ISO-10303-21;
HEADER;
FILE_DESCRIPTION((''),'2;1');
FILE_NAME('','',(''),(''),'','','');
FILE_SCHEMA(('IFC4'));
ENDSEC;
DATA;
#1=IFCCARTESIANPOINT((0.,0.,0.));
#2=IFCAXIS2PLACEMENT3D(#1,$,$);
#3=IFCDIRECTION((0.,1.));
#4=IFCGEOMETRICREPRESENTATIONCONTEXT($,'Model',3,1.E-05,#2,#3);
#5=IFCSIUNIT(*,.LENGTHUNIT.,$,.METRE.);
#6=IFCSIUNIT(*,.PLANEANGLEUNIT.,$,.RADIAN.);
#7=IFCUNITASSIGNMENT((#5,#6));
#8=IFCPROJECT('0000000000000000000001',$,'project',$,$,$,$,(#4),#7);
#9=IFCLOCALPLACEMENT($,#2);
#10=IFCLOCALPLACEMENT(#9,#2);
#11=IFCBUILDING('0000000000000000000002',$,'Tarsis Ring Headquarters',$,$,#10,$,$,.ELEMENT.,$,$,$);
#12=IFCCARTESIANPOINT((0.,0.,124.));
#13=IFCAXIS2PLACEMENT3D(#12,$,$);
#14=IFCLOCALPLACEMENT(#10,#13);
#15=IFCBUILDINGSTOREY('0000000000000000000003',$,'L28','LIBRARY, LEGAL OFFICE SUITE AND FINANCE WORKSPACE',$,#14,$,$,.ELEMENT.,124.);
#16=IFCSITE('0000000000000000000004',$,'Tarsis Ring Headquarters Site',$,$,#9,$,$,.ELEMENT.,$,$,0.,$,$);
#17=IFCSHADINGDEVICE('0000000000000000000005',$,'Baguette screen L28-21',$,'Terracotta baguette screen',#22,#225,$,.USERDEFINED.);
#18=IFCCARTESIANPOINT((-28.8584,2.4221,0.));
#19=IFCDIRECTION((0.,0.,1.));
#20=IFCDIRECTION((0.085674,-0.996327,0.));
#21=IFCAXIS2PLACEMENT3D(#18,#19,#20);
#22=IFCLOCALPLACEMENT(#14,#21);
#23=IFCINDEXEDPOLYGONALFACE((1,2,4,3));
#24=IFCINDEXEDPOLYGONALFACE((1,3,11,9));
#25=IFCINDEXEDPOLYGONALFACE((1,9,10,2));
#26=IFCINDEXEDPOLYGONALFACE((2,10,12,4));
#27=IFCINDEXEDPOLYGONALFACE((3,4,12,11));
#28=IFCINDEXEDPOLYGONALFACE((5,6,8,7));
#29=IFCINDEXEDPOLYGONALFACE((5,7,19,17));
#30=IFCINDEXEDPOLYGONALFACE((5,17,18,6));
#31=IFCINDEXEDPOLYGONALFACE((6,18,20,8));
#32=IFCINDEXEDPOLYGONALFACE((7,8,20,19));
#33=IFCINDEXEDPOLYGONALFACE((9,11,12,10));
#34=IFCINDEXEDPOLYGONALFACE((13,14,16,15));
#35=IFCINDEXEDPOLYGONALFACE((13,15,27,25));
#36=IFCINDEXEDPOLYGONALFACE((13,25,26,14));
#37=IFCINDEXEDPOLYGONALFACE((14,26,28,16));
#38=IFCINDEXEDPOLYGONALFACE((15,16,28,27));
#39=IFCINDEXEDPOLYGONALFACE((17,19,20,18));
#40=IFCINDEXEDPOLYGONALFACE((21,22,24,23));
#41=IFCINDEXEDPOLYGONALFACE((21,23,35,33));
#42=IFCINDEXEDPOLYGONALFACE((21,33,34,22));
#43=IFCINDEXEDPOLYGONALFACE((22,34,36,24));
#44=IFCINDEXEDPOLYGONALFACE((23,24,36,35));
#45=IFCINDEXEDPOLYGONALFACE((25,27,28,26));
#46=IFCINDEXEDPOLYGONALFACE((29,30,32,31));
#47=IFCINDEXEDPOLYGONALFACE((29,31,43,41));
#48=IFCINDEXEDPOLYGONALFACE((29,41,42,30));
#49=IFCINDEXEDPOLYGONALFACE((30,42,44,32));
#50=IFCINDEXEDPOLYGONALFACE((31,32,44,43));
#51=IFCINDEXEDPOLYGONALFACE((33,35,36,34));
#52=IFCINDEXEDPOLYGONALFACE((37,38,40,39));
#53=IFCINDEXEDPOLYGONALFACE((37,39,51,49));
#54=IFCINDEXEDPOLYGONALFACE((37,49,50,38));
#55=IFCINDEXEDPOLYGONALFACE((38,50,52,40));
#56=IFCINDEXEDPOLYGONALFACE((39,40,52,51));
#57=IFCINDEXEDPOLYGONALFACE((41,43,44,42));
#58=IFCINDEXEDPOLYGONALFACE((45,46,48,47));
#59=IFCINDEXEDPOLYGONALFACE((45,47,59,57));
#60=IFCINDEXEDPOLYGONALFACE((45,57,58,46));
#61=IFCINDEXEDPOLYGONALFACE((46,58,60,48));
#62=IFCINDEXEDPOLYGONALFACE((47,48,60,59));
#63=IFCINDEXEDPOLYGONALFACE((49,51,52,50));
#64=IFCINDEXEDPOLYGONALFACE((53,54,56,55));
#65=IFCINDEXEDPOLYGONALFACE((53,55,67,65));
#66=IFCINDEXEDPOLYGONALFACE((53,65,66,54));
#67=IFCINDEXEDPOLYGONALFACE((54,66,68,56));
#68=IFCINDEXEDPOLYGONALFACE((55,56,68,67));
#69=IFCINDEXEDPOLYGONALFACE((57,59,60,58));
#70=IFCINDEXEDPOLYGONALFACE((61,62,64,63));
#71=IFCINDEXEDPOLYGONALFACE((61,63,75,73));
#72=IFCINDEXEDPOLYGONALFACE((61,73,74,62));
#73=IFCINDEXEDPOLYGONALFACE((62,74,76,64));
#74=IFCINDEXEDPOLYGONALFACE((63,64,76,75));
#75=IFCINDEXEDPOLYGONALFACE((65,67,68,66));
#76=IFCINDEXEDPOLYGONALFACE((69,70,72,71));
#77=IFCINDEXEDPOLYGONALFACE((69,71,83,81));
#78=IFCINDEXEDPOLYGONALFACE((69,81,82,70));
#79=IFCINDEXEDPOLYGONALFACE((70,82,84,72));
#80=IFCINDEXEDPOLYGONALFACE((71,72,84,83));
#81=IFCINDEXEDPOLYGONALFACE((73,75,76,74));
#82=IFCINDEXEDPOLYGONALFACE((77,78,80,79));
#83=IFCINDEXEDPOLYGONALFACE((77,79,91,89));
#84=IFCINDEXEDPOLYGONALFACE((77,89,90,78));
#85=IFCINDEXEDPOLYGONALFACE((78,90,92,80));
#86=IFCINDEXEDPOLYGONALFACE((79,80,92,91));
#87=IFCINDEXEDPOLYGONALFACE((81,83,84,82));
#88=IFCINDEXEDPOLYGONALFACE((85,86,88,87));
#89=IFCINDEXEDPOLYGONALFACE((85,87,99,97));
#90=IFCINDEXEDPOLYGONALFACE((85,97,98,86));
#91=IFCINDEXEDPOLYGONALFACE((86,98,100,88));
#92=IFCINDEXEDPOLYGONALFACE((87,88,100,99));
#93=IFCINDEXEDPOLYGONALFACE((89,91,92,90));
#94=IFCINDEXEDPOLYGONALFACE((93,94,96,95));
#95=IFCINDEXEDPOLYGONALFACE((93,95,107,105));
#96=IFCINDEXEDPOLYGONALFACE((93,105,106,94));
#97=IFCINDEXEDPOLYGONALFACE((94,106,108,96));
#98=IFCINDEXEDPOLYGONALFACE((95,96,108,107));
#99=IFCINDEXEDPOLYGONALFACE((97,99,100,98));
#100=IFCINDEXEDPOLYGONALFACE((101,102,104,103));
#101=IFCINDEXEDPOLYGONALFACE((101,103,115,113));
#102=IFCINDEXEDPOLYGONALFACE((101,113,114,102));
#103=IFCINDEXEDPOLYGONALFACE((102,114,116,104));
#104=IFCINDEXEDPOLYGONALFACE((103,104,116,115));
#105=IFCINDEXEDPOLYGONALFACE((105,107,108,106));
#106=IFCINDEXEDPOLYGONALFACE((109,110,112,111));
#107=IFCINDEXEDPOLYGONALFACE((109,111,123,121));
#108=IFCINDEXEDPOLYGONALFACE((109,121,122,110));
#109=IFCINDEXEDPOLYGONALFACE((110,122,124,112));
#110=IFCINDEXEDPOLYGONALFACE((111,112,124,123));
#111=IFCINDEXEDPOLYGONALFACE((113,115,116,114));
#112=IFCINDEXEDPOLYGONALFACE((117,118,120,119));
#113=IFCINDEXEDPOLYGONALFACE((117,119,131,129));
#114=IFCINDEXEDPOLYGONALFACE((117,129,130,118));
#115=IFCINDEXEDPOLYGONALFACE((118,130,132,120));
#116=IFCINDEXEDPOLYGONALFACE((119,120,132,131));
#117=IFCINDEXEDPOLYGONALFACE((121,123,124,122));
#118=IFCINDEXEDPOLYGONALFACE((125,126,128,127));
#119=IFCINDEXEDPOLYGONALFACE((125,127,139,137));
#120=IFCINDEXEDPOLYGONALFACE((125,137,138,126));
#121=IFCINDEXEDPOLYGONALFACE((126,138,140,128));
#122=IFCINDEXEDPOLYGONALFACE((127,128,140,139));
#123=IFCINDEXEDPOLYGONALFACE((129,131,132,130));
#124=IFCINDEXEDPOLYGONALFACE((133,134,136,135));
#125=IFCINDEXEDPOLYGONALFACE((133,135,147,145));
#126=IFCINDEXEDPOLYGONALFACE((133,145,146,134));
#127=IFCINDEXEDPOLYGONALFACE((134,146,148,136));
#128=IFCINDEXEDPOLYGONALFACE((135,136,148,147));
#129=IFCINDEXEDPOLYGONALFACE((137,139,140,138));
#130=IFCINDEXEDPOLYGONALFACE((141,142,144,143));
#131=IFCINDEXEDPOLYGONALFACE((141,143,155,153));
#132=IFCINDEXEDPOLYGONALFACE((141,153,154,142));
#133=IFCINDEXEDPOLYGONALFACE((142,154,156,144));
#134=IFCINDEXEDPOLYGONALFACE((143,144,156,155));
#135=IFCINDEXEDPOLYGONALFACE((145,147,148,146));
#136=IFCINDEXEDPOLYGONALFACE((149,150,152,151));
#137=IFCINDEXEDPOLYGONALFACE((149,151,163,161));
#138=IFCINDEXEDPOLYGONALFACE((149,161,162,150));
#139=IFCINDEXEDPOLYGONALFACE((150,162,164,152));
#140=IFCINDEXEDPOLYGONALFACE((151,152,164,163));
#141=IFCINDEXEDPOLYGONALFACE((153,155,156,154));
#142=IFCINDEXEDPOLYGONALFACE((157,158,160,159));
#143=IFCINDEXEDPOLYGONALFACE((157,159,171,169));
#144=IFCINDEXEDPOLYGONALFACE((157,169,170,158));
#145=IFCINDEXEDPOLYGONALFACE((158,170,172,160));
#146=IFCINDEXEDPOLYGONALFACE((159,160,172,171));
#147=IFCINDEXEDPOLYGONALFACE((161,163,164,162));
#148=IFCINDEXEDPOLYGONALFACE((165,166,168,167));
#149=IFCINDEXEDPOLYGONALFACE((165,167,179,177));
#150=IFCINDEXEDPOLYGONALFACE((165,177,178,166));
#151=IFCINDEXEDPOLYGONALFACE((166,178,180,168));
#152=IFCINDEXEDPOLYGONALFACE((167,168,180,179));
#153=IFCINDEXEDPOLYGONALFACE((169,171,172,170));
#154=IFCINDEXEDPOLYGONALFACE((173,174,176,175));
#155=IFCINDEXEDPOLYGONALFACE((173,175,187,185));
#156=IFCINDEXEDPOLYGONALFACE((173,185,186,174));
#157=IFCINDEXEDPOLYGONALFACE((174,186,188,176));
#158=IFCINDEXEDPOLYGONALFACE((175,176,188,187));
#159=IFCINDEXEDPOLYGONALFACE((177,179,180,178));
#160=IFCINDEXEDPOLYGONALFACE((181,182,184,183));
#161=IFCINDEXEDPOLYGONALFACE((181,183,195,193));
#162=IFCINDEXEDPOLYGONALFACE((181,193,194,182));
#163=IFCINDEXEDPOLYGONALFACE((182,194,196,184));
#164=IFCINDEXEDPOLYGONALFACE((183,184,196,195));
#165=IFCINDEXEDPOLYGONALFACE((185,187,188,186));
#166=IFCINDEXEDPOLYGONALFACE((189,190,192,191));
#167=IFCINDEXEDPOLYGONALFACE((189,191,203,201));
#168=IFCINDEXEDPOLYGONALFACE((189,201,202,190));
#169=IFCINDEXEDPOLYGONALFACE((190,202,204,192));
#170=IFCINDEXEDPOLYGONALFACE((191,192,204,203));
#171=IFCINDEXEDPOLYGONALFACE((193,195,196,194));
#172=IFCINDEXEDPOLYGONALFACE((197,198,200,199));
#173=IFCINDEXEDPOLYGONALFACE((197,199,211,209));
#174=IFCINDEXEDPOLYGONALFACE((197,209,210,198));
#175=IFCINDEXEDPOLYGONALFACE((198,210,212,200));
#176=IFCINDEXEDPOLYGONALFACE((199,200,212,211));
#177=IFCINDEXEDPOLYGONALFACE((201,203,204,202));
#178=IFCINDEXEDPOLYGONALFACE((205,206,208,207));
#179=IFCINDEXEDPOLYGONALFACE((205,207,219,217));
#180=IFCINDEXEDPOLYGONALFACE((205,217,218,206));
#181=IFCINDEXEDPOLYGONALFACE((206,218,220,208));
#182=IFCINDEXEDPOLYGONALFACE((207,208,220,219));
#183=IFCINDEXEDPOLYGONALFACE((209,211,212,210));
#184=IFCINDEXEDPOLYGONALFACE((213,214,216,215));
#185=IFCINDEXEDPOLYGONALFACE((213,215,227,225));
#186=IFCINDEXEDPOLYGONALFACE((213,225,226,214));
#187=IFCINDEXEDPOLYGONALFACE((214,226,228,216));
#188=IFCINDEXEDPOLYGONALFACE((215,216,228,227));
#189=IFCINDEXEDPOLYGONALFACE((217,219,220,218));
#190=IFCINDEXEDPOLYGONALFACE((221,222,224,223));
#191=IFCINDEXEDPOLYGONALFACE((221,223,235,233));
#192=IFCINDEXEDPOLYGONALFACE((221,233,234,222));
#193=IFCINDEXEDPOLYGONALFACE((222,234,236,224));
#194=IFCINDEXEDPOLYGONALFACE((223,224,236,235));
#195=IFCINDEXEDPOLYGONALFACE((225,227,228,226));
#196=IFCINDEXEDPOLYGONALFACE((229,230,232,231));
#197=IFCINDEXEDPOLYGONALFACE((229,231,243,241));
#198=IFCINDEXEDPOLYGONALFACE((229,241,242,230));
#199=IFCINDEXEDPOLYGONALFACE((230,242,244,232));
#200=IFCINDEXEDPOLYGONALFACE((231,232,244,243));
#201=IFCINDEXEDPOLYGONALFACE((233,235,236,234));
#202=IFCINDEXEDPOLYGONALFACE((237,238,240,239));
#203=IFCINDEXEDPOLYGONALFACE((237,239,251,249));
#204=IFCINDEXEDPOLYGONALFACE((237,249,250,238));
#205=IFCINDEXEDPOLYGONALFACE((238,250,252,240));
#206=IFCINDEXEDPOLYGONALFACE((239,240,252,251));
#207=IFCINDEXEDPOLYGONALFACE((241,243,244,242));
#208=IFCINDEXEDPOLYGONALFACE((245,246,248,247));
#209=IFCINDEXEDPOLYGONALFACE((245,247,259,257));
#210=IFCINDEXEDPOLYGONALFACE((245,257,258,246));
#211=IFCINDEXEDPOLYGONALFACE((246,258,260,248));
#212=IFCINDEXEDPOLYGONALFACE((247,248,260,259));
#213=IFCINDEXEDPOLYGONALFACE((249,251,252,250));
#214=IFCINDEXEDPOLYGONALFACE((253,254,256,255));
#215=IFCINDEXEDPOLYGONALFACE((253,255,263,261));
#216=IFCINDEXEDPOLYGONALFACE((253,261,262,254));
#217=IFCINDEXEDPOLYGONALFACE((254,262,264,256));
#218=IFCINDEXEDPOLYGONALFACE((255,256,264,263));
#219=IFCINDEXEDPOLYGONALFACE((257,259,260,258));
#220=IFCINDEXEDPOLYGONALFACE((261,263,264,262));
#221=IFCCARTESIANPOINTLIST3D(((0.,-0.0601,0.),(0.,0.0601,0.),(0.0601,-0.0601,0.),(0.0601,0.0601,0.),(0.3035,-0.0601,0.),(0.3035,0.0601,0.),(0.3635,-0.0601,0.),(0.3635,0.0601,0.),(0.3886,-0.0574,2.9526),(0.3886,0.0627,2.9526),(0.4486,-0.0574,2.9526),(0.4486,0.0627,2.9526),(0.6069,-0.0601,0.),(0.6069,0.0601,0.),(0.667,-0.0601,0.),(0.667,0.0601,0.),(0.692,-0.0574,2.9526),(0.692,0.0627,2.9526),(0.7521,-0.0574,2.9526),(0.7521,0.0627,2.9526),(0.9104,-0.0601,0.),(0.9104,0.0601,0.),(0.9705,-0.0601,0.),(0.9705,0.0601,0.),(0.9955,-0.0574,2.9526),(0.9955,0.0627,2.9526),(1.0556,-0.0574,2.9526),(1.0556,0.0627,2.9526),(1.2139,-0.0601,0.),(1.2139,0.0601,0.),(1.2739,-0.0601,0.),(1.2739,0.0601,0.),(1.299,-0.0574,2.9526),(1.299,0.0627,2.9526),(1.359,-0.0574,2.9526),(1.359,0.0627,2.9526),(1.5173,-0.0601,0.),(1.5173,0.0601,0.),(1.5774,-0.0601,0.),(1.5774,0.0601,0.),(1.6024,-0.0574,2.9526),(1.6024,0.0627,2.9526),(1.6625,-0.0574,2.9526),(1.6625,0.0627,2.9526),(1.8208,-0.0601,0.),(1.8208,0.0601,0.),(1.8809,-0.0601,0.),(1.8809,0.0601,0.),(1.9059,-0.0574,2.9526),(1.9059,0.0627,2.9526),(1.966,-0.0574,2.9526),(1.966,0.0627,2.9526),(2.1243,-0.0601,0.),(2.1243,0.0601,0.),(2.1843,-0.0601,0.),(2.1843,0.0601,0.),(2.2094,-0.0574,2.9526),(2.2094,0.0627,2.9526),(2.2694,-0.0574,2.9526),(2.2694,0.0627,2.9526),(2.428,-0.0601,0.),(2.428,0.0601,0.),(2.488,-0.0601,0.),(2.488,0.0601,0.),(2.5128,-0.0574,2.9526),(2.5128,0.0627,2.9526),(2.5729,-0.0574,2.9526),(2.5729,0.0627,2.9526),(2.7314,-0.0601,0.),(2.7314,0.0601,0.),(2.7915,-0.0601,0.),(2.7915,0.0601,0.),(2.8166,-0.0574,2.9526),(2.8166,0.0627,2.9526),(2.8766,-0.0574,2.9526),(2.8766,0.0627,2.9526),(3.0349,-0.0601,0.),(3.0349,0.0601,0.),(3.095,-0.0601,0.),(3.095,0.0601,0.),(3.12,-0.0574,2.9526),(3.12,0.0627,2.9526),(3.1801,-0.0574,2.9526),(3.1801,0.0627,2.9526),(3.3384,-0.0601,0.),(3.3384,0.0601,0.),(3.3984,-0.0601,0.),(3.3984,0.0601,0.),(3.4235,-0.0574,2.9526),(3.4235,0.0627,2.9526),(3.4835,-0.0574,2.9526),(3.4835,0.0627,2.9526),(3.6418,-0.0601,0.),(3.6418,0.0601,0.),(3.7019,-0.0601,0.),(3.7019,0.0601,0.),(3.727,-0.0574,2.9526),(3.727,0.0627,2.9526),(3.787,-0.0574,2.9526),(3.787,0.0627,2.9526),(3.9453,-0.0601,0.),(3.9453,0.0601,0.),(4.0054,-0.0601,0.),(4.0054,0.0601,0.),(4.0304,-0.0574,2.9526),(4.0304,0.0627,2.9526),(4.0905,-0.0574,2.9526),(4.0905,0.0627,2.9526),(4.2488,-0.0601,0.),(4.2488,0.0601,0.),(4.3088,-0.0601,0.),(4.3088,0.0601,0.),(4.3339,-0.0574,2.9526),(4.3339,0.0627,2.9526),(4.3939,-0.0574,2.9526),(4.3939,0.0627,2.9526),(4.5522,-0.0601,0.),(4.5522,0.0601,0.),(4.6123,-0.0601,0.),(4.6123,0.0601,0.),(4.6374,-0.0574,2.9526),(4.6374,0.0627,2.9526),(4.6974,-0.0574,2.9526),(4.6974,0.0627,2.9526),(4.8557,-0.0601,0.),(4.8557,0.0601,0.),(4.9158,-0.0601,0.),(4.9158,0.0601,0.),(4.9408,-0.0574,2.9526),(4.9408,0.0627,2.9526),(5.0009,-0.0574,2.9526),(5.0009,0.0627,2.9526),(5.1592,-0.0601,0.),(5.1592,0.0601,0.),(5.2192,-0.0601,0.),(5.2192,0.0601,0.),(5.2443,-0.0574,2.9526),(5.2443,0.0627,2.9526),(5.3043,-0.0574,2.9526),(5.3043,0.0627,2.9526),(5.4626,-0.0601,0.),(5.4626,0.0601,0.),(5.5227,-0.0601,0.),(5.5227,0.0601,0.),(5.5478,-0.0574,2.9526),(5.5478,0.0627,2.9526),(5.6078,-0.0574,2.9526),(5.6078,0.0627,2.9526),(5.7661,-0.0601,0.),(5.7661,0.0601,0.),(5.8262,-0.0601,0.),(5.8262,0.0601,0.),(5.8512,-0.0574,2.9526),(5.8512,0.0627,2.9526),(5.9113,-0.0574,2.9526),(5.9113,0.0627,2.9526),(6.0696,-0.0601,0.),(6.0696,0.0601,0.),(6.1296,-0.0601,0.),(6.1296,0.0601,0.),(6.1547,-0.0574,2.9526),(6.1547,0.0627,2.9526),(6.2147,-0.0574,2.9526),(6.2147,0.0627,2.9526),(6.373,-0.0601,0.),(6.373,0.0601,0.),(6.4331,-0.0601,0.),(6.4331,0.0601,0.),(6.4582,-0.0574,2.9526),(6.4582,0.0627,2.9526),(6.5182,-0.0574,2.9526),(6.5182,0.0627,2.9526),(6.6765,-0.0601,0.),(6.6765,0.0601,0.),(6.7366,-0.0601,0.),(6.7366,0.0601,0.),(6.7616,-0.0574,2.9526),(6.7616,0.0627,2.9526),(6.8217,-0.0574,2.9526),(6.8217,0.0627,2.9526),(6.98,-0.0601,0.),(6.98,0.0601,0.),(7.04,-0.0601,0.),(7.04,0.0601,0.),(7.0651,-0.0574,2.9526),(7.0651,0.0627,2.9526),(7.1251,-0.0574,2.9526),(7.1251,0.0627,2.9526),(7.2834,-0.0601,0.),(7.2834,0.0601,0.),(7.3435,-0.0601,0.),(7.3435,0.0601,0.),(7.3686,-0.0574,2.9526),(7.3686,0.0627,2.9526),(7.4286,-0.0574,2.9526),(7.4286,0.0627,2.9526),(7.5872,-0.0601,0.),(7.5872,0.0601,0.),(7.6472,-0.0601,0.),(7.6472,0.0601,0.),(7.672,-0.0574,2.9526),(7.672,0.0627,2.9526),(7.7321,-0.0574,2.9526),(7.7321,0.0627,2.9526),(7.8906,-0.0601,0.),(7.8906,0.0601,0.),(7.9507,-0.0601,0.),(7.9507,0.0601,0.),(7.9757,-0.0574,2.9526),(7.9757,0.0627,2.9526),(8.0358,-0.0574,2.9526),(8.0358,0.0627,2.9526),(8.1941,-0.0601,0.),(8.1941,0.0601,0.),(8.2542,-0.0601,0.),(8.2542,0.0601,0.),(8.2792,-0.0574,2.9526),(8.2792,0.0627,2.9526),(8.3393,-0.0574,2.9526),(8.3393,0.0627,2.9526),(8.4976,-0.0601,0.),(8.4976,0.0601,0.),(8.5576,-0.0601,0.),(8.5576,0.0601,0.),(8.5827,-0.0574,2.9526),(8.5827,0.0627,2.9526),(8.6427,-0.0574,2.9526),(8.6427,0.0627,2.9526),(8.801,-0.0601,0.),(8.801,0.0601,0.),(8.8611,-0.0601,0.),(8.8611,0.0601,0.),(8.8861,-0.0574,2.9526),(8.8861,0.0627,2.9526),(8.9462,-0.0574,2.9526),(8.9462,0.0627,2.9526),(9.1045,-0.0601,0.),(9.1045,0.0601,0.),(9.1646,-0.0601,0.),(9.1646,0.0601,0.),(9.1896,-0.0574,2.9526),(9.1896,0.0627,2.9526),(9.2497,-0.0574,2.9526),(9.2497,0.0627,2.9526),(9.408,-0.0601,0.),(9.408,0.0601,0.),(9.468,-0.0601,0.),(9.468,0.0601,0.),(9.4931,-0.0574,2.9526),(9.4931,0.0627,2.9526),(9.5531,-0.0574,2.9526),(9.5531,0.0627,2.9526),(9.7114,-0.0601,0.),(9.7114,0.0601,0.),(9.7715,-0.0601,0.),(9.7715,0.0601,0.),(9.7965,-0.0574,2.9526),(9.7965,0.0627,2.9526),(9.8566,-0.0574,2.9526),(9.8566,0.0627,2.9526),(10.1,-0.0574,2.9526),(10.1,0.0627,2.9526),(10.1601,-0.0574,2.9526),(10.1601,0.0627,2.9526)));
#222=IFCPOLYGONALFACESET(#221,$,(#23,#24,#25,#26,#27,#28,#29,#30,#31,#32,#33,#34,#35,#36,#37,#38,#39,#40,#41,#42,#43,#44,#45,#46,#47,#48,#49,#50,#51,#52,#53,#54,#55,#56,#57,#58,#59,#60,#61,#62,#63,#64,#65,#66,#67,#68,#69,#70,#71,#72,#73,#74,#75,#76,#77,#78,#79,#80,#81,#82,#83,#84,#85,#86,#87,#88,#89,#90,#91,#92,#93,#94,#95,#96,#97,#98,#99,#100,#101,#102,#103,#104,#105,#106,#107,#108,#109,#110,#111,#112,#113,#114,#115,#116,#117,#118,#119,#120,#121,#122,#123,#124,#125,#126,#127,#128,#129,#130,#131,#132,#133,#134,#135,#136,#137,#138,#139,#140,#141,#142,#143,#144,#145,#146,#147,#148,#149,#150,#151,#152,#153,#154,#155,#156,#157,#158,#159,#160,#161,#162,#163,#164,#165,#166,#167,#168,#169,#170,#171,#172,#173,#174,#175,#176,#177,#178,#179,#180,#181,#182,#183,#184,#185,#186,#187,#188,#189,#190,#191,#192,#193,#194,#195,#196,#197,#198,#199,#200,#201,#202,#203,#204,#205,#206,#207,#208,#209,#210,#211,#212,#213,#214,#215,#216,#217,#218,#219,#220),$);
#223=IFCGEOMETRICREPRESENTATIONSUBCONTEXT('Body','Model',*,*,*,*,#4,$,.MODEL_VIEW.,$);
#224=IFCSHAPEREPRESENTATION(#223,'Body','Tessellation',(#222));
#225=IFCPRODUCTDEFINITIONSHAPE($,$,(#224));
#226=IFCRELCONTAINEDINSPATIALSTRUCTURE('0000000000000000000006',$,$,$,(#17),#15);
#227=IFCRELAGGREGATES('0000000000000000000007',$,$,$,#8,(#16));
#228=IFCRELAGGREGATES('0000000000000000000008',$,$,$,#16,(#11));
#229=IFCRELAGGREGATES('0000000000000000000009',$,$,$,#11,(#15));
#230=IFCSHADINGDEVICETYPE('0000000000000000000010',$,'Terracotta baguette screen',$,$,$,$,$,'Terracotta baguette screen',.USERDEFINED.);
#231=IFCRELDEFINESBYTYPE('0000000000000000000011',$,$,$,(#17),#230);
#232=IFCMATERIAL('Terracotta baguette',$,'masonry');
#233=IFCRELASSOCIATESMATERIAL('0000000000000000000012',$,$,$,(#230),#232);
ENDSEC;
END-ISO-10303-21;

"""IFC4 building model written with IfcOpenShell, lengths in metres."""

from ifc_helpers import new_model, si_unit, direction, frame, frame_2d, origin, place, context, subcontext, project, spatial, rectangle, composite_profile, extrude, material, type_object, element, save


model = new_model("IFC4")

# Units and contexts
model_context = context("Model", 3, precision=1e-05, world=origin(), true_north=direction((0.0, 1.0)))
body_context = subcontext(model_context, "Body", "Model", "MODEL_VIEW")
ifc_project = project(units=[si_unit("LENGTHUNIT", "METRE"), si_unit("PLANEANGLEUNIT", "RADIAN")], contexts=[model_context])

# Site, building, storey
site_placement = place(None, origin())
site = spatial("IfcSite", under=ifc_project, at=site_placement, Name="Tarsis Ring Headquarters Site", CompositionType="ELEMENT", RefElevation=0.0)
building_placement = place(site_placement, origin())
building = spatial("IfcBuilding", under=site, at=building_placement, Name="Tarsis Ring Headquarters", CompositionType="ELEMENT")
storey_placement = place(building_placement, frame((0.0, 0.0, 124.0)))
storey = spatial("IfcBuildingStorey", under=building, at=storey_placement, Name="L28", Description="LIBRARY, LEGAL OFFICE SUITE AND FINANCE WORKSPACE", CompositionType="ELEMENT", Elevation=124.0)

# Shading device
ifc_material_1 = material(Name="Terracotta baguette", Category="masonry")
shading_device_type = type_object("IfcShadingDeviceType", Name="Terracotta baguette screen", ElementType="Terracotta baguette screen", PredefinedType="USERDEFINED", material=ifc_material_1)
shading_device_placement = place(storey_placement, frame((-28.8584, 2.4221, 0.0), z_axis=(0.0, 0.0, 1.0), x_axis=(0.085674, -0.996327, 0.0)))
element("IfcShadingDevice", 1, at=shading_device_placement, inside=storey, type_object=shading_device_type, Name="Baguette screen L28-21", ObjectType="Terracotta baguette screen", PredefinedType="USERDEFINED", context=body_context, shape_type="SweptSolid", body=[
    extrude(composite_profile([rectangle(XDim=0.0601, YDim=0.1201, at=frame_2d((0.03, 0.0))), rectangle(XDim=0.0601, YDim=0.1201, at=frame_2d((0.3335, 0.0))), rectangle(XDim=0.0601, YDim=0.1201, at=frame_2d((0.637, 0.0))), rectangle(XDim=0.0601, YDim=0.1201, at=frame_2d((0.9404, 0.0))), rectangle(XDim=0.0601, YDim=0.1201, at=frame_2d((1.2439, 0.0))), rectangle(XDim=0.0601, YDim=0.1201, at=frame_2d((1.5474, 0.0))), rectangle(XDim=0.0601, YDim=0.1201, at=frame_2d((1.8508, 0.0))), rectangle(XDim=0.0601, YDim=0.1201, at=frame_2d((2.1543, 0.0))), rectangle(XDim=0.0601, YDim=0.1201, at=frame_2d((2.458, 0.0))), rectangle(XDim=0.0601, YDim=0.1201, at=frame_2d((2.7615, 0.0))), rectangle(XDim=0.0601, YDim=0.1201, at=frame_2d((3.0649, 0.0))), rectangle(XDim=0.0601, YDim=0.1201, at=frame_2d((3.3684, 0.0))), rectangle(XDim=0.0601, YDim=0.1201, at=frame_2d((3.6719, 0.0))), rectangle(XDim=0.0601, YDim=0.1201, at=frame_2d((3.9753, 0.0))), rectangle(XDim=0.0601, YDim=0.1201, at=frame_2d((4.2788, 0.0))), rectangle(XDim=0.0601, YDim=0.1201, at=frame_2d((4.5823, 0.0))), rectangle(XDim=0.0601, YDim=0.1201, at=frame_2d((4.8857, 0.0))), rectangle(XDim=0.0601, YDim=0.1201, at=frame_2d((5.1892, 0.0))), rectangle(XDim=0.0601, YDim=0.1201, at=frame_2d((5.4927, 0.0))), rectangle(XDim=0.0601, YDim=0.1201, at=frame_2d((5.7961, 0.0))), rectangle(XDim=0.0601, YDim=0.1201, at=frame_2d((6.0996, 0.0))), rectangle(XDim=0.0601, YDim=0.1201, at=frame_2d((6.4031, 0.0))), rectangle(XDim=0.0601, YDim=0.1201, at=frame_2d((6.7065, 0.0))), rectangle(XDim=0.0601, YDim=0.1201, at=frame_2d((7.01, 0.0))), rectangle(XDim=0.0601, YDim=0.1201, at=frame_2d((7.3135, 0.0))), rectangle(XDim=0.0601, YDim=0.1201, at=frame_2d((7.6172, 0.0))), rectangle(XDim=0.0601, YDim=0.1201, at=frame_2d((7.9207, 0.0))), rectangle(XDim=0.0601, YDim=0.1201, at=frame_2d((8.2241, 0.0))), rectangle(XDim=0.0601, YDim=0.1201, at=frame_2d((8.5276, 0.0))), rectangle(XDim=0.0601, YDim=0.1201, at=frame_2d((8.8311, 0.0))), rectangle(XDim=0.0601, YDim=0.1201, at=frame_2d((9.1345, 0.0))), rectangle(XDim=0.0601, YDim=0.1201, at=frame_2d((9.438, 0.0))), rectangle(XDim=0.0601, YDim=0.1201, at=frame_2d((9.7415, 0.0)))]), origin(), (0.130482, 0.000889, 0.99145), 2.978),
])

save(model, "model.ifc")
